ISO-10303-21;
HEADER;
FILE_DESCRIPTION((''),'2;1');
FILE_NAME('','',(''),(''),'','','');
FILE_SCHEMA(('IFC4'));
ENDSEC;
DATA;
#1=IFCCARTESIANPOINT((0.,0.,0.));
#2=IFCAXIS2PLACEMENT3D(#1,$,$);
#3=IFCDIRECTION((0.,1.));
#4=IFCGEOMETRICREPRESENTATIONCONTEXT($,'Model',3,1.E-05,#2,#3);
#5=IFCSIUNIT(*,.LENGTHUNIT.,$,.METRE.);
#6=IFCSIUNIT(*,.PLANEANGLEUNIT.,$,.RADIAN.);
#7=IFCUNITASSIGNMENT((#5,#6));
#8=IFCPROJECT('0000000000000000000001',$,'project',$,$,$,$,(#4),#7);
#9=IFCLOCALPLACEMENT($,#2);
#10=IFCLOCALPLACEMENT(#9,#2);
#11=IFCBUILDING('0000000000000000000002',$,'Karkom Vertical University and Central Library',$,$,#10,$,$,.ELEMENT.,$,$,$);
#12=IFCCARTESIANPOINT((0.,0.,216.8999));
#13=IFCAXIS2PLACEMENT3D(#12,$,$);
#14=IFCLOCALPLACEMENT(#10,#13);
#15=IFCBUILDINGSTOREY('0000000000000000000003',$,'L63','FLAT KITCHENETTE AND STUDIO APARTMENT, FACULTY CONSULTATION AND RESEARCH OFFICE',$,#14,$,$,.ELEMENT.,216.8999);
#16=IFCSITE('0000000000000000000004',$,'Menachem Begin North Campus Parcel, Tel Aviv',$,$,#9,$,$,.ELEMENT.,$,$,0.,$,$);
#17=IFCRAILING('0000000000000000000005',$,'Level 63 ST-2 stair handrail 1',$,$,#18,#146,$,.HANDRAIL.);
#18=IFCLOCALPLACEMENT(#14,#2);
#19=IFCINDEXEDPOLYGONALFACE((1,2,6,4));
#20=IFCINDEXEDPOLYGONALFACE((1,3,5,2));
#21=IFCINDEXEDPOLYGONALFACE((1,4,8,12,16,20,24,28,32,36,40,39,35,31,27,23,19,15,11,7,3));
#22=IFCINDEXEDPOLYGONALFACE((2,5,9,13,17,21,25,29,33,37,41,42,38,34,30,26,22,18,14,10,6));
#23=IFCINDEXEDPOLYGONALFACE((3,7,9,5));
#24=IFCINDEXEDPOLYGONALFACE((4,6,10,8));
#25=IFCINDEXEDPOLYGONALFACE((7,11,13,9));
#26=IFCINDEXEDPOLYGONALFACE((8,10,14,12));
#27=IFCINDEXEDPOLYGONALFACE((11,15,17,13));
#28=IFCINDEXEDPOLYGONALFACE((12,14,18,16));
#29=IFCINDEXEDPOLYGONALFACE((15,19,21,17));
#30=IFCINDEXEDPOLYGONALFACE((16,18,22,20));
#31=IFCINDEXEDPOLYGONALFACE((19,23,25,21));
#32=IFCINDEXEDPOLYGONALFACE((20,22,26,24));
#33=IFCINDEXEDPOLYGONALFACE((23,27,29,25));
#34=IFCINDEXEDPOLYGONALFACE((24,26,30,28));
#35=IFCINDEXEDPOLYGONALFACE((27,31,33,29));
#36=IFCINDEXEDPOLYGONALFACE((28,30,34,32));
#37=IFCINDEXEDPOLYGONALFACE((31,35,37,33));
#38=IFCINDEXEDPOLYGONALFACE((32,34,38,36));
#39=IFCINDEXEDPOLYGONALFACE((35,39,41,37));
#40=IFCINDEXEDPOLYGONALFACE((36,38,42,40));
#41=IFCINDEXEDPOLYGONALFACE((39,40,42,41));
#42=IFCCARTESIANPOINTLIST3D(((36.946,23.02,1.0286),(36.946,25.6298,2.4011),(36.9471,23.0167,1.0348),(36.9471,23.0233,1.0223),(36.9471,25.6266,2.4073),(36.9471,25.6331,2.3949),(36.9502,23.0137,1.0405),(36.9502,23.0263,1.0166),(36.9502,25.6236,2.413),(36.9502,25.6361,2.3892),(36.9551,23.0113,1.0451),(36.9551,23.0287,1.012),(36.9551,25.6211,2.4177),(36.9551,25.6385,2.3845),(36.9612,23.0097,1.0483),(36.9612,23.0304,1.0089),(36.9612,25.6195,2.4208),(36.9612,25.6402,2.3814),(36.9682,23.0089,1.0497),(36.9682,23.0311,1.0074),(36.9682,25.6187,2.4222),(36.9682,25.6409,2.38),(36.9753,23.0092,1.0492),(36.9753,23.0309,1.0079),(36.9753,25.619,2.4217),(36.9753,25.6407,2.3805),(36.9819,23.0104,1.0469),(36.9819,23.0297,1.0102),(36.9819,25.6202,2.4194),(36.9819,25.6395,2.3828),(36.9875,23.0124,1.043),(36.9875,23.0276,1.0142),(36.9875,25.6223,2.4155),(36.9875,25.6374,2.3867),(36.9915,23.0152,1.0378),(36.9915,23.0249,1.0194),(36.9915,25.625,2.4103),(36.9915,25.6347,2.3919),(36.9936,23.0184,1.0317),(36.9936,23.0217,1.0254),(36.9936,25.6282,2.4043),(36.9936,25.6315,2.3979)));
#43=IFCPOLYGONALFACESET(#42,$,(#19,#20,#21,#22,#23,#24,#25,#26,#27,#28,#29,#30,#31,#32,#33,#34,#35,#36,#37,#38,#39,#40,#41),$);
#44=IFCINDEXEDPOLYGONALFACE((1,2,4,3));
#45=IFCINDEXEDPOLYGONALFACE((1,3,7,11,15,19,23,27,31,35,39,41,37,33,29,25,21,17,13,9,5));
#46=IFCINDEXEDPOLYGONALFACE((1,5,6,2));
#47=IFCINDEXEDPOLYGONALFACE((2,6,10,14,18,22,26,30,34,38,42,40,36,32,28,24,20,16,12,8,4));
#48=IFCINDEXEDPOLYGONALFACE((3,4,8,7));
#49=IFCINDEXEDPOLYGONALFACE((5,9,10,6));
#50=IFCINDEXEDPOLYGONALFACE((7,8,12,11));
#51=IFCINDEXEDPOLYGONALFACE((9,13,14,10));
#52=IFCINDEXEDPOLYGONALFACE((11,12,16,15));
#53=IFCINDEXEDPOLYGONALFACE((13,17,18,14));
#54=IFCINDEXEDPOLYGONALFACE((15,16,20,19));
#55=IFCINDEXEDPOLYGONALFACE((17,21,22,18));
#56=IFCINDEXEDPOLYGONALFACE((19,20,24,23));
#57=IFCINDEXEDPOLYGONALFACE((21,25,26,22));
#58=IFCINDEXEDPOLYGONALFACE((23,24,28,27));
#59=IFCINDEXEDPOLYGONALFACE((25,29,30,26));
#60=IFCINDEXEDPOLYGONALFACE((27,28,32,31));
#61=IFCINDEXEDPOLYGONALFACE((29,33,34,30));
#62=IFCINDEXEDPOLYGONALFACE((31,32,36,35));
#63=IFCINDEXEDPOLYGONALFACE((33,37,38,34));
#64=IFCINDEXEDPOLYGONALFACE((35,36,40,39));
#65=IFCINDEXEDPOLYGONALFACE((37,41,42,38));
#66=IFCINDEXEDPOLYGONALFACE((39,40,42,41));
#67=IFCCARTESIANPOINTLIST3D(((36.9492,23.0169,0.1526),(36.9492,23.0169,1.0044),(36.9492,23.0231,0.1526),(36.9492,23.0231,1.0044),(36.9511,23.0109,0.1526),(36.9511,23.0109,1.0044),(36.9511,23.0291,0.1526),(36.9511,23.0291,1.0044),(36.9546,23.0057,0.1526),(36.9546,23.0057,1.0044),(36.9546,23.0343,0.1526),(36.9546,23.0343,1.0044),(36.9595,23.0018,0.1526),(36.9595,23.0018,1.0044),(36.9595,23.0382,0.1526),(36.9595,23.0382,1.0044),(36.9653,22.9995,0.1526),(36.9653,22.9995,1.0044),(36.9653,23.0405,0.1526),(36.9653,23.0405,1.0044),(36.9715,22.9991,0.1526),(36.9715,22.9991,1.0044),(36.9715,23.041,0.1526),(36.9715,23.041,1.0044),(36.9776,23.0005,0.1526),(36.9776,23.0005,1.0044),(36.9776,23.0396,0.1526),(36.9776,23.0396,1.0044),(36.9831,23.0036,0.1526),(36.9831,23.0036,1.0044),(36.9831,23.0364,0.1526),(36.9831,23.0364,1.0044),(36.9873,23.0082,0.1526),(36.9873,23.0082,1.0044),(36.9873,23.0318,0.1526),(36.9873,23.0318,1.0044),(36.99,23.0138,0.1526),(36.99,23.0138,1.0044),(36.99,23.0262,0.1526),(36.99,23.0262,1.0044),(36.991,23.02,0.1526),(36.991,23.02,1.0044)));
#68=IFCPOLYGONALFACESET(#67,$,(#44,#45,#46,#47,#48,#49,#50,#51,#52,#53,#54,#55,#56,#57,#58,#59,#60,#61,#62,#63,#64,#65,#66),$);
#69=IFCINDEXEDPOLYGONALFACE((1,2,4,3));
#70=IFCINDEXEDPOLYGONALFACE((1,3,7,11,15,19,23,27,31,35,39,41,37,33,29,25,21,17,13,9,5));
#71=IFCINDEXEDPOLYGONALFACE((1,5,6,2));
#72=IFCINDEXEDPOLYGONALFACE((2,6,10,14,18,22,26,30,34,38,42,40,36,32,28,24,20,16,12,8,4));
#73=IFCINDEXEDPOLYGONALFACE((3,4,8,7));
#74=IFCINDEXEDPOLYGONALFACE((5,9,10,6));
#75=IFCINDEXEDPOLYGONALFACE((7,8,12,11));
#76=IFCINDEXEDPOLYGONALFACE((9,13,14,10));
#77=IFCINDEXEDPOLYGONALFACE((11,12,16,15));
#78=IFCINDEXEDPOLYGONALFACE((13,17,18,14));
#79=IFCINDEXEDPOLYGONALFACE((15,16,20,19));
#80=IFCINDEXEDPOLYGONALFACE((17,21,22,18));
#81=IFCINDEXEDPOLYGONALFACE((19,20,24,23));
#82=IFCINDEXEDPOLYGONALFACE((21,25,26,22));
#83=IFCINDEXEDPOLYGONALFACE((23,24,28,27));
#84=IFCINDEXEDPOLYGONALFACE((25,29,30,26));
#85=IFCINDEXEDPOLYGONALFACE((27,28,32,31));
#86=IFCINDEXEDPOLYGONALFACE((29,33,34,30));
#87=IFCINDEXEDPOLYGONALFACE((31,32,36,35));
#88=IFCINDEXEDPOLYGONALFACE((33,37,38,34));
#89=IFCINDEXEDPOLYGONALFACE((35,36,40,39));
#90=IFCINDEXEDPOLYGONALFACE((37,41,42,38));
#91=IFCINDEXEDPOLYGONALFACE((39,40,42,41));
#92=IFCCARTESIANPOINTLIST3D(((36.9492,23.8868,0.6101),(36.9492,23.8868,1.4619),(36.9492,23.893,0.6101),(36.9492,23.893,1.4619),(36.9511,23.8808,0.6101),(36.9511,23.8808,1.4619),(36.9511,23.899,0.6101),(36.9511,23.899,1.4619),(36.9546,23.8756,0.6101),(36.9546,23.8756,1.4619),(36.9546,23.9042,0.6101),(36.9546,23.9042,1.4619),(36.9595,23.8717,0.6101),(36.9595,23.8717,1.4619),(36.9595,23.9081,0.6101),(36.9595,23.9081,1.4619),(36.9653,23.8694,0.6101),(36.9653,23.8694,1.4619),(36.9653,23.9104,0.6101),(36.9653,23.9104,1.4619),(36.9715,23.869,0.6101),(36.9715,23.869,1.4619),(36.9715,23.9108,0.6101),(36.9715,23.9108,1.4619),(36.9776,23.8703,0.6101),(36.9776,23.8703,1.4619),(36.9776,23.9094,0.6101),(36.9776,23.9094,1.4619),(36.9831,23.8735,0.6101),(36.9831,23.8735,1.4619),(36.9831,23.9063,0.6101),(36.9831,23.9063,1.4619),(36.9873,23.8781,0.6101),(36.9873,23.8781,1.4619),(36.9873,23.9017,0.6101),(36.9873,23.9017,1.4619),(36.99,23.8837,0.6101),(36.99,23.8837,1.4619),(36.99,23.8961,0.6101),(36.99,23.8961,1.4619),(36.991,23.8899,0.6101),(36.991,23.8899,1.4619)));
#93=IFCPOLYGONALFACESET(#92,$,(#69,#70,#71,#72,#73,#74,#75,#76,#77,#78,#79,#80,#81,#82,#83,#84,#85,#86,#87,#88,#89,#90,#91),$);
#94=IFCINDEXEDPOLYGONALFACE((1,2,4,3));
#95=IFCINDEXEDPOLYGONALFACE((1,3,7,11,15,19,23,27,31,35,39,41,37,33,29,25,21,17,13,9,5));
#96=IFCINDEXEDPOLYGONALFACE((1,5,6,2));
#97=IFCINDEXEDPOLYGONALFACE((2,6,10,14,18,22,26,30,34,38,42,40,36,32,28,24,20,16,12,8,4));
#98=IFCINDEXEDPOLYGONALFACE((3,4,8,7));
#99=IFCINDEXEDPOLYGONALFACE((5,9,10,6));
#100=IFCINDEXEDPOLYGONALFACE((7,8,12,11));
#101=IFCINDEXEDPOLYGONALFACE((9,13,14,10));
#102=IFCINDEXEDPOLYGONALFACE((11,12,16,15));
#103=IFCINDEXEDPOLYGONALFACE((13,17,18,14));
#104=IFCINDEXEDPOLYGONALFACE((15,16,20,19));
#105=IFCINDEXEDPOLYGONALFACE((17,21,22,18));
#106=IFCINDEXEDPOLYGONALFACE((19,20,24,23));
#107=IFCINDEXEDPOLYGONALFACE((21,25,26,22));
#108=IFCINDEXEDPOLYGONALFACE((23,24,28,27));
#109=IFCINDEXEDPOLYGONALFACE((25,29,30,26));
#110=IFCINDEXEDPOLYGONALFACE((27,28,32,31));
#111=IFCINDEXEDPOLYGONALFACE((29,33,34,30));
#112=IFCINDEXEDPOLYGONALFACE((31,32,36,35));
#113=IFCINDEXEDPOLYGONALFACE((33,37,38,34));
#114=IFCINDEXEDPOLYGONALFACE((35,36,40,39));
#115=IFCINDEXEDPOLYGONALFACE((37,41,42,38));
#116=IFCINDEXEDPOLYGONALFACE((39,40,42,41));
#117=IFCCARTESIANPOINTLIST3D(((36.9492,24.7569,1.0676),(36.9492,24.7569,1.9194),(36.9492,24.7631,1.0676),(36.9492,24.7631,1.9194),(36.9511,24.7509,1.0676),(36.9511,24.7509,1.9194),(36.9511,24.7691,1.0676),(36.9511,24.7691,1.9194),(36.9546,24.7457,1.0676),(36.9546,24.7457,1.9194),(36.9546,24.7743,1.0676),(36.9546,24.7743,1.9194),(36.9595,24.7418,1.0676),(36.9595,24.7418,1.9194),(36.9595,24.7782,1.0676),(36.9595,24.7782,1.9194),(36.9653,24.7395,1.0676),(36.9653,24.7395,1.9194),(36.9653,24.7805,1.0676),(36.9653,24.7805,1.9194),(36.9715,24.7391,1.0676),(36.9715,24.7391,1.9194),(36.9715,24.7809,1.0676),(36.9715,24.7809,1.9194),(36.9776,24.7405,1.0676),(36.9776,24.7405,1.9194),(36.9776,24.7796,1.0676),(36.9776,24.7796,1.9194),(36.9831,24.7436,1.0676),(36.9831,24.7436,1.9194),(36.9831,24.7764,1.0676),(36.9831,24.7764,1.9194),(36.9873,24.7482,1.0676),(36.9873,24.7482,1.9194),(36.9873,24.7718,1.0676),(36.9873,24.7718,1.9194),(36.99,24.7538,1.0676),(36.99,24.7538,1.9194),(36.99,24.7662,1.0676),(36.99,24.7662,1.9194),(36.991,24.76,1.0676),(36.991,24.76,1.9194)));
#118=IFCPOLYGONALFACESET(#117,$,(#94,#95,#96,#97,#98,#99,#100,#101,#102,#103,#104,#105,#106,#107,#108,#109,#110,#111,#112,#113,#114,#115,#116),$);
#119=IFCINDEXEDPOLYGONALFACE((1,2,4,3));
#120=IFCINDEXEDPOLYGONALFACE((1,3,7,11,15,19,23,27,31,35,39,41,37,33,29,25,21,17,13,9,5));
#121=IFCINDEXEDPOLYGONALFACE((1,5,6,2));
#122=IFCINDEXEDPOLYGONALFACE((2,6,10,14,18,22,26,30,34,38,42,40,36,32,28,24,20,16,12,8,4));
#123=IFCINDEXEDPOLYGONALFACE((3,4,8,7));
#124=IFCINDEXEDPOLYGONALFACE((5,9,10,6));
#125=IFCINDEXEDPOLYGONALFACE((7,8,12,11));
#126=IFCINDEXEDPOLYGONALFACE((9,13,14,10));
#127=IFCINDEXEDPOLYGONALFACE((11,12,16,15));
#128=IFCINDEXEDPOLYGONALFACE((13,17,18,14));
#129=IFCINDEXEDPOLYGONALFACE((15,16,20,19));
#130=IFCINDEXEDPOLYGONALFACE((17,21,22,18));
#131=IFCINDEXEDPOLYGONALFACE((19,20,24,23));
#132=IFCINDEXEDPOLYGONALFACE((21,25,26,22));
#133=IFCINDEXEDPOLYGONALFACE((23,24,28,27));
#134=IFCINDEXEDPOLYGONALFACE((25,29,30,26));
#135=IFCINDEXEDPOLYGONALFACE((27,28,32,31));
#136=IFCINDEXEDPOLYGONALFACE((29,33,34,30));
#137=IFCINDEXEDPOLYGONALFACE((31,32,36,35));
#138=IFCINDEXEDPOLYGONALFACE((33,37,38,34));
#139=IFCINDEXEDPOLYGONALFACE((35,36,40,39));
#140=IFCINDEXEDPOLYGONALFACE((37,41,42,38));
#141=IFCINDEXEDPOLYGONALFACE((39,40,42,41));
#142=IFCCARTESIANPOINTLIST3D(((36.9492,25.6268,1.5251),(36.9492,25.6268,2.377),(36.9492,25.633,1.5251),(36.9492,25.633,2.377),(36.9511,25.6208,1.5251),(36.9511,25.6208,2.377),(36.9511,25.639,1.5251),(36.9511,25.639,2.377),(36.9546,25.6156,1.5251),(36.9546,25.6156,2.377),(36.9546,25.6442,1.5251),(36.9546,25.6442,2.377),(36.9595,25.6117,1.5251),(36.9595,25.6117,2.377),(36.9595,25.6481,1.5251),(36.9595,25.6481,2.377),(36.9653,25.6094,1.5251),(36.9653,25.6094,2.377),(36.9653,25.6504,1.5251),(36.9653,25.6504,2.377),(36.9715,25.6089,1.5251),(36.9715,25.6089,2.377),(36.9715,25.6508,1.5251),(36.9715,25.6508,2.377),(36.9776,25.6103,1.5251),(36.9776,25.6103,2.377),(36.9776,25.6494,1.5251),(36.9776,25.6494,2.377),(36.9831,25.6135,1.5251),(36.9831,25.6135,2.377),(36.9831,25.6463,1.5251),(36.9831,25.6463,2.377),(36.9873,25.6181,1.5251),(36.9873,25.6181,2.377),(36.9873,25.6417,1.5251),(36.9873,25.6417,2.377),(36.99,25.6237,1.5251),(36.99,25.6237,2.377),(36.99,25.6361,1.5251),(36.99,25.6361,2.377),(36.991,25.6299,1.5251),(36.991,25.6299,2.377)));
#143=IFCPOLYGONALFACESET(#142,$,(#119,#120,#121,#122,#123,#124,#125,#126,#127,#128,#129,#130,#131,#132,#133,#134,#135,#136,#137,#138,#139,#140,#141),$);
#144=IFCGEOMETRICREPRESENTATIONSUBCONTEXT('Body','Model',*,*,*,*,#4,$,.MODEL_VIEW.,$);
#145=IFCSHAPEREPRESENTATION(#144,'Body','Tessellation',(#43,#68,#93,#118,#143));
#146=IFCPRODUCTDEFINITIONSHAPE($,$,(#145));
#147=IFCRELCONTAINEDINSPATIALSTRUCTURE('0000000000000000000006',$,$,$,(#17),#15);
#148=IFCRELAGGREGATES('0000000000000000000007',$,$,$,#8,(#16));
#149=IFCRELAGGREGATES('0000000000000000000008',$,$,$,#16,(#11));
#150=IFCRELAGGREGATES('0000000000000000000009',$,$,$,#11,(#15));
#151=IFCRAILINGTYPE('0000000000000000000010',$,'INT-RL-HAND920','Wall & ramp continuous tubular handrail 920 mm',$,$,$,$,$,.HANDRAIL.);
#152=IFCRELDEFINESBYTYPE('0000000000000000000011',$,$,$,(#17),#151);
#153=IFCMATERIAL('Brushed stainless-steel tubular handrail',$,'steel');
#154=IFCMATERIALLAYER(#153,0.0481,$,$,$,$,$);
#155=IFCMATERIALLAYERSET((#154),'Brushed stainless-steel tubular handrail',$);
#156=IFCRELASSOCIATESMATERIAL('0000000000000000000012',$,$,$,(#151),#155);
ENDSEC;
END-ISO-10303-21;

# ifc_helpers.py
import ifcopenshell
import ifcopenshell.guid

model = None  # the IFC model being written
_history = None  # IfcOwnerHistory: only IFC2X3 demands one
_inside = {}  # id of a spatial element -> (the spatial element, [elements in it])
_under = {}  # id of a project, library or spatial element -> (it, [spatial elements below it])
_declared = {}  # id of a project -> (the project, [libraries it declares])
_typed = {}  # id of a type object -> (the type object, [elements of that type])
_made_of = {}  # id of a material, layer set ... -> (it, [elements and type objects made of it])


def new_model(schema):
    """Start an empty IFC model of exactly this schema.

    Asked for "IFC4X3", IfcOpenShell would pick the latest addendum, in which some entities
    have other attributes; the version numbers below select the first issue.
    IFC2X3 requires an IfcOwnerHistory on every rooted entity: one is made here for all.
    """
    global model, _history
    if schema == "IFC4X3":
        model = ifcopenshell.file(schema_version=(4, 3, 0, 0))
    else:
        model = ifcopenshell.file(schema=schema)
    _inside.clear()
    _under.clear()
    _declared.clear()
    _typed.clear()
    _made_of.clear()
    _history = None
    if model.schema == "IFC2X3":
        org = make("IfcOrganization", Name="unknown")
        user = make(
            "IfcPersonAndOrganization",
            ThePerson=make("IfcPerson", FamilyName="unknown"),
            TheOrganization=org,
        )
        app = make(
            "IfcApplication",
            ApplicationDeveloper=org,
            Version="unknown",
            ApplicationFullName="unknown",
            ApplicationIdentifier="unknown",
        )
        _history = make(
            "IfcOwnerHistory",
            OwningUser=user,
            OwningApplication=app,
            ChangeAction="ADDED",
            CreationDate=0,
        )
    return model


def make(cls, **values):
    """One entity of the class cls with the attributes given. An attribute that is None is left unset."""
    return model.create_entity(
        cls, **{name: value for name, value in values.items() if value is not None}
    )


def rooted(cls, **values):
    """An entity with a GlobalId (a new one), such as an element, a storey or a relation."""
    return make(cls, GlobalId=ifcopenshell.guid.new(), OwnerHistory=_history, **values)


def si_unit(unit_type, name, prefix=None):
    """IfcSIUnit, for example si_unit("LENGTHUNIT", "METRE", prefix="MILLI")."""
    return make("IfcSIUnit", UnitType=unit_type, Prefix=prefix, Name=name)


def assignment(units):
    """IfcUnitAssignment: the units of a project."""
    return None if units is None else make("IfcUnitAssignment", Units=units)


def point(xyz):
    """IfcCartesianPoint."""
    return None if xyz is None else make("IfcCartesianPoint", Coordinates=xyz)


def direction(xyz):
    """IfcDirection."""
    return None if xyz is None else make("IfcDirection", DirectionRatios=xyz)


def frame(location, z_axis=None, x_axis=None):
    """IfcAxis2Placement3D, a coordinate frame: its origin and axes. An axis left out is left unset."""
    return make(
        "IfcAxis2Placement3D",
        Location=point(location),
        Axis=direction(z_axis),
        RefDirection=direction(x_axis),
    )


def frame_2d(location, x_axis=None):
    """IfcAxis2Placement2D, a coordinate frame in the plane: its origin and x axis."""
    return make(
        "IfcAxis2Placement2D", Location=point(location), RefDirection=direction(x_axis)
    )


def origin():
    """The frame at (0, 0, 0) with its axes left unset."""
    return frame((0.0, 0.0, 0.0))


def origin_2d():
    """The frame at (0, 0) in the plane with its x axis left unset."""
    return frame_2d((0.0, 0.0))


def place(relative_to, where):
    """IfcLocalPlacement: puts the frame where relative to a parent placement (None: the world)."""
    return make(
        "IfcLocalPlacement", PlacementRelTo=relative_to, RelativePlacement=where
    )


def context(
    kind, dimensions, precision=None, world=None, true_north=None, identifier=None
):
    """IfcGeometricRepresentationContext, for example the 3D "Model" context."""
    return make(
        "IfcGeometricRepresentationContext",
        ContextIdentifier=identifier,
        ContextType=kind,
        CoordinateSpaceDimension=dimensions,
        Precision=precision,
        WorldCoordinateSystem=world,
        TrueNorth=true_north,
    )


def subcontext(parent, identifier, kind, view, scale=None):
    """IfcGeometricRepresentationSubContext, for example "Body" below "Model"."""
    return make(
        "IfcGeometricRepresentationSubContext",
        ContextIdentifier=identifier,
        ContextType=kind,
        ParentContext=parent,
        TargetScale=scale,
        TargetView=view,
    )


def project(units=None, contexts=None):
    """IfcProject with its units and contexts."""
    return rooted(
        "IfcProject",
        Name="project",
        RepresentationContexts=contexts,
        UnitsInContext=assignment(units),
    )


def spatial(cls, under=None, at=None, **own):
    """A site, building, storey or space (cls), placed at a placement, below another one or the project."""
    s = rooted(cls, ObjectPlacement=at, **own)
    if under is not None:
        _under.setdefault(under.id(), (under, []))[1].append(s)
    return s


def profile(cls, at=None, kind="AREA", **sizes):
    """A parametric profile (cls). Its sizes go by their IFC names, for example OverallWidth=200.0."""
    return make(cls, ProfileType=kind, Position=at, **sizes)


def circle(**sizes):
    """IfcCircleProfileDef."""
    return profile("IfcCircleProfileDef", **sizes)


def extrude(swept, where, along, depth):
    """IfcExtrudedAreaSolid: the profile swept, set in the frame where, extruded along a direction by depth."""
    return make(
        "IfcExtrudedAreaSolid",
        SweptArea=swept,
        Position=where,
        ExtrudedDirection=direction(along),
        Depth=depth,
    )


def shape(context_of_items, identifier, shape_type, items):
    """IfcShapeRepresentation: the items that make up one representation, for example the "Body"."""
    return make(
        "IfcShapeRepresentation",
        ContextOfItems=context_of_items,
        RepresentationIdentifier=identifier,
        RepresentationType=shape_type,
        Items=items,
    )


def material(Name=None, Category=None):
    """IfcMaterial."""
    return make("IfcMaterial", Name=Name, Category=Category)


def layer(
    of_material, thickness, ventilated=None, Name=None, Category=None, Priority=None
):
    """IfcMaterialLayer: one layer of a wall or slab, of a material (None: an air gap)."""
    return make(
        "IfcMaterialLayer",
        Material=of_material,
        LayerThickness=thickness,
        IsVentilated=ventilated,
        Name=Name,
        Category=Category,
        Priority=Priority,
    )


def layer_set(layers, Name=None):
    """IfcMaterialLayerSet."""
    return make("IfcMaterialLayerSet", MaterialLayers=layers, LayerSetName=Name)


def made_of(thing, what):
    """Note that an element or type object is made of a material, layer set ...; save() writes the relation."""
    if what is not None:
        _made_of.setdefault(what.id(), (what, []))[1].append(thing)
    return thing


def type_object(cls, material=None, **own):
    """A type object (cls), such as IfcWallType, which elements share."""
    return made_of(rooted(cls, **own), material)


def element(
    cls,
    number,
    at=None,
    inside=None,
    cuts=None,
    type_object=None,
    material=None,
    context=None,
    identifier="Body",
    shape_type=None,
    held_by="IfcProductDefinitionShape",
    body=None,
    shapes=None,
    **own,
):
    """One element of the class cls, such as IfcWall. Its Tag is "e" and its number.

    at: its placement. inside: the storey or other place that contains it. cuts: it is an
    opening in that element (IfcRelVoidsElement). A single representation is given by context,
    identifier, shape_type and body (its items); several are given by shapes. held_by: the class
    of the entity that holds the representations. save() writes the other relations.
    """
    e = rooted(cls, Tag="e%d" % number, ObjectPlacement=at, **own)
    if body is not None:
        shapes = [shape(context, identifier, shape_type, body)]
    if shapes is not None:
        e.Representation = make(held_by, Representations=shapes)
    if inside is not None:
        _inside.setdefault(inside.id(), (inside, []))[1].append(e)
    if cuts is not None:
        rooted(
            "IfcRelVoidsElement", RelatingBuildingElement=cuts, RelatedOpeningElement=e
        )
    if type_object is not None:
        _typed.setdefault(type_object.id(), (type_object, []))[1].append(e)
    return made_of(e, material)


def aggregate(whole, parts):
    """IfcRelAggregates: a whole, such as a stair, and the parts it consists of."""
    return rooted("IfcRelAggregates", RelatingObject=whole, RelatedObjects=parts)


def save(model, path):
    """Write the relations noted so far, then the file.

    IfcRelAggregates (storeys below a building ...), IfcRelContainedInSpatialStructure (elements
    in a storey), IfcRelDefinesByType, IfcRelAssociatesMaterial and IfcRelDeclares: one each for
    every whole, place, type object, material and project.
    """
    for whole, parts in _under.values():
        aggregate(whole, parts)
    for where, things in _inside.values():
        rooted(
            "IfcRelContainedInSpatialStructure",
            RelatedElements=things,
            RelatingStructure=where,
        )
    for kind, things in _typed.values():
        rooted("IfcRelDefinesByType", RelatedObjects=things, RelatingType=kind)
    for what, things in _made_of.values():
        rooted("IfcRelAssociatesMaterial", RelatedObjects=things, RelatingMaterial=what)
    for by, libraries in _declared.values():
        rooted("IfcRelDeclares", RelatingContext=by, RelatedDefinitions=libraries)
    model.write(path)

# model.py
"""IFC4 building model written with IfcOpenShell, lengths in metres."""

from ifc_helpers import new_model, si_unit, direction, frame, origin, origin_2d, place, context, subcontext, project, spatial, circle, extrude, material, layer, layer_set, type_object, element, save


model = new_model("IFC4")

# Units and contexts
model_context = context("Model", 3, precision=1e-05, world=origin(), true_north=direction((0.0, 1.0)))
body_context = subcontext(model_context, "Body", "Model", "MODEL_VIEW")
ifc_project = project(units=[si_unit("LENGTHUNIT", "METRE"), si_unit("PLANEANGLEUNIT", "RADIAN")], contexts=[model_context])

# Site, building, storey
site_placement = place(None, origin())
site = spatial("IfcSite", under=ifc_project, at=site_placement, Name="Menachem Begin North Campus Parcel, Tel Aviv", CompositionType="ELEMENT", RefElevation=0.0)
building_placement = place(site_placement, origin())
building = spatial("IfcBuilding", under=site, at=building_placement, Name="Karkom Vertical University and Central Library", CompositionType="ELEMENT")
storey_placement = place(building_placement, frame((0.0, 0.0, 216.8999)))
storey = spatial("IfcBuildingStorey", under=building, at=storey_placement, Name="L63", Description="FLAT KITCHENETTE AND STUDIO APARTMENT, FACULTY CONSULTATION AND RESEARCH OFFICE", CompositionType="ELEMENT", Elevation=216.8999)

# Railing
ifc_material_1 = material(Name="Brushed stainless-steel tubular handrail", Category="steel")
ifc_layer_1 = layer(ifc_material_1, 0.0481)
ifc_layer_set_1 = layer_set([ifc_layer_1], Name="Brushed stainless-steel tubular handrail")
railing_type_1 = type_object("IfcRailingType", Name="INT-RL-HAND920", Description="Wall & ramp continuous tubular handrail 920 mm", PredefinedType="HANDRAIL", material=ifc_layer_set_1)
railing_1_placement = place(storey_placement, frame((36.97, 23.02, 0.1526)))
element("IfcRailing", 1, at=railing_1_placement, inside=storey, type_object=railing_type_1, Name="Level 63 ST-2 stair handrail 1", PredefinedType="HANDRAIL", context=body_context, shape_type="SweptSolid", body=[
    extrude(circle(Radius=0.0239, at=origin_2d()), frame((0.0, 0.0, 0.876), z_axis=(0.0, 0.885065, 0.465467), x_axis=(-1.0, 0.0, 0.0)), (0.0, 0.0, 1.0), 2.9487),
    extrude(circle(Radius=0.021, at=origin_2d()), origin(), (0.0, 0.0, 1.0), 0.8518),
    extrude(circle(Radius=0.021, at=origin_2d()), frame((0.0, 0.8699, 0.4575)), (0.0, 0.0, 1.0), 0.8518),
    extrude(circle(Radius=0.021, at=origin_2d()), frame((0.0, 1.74, 0.915)), (0.0, 0.0, 1.0), 0.8518),
    extrude(circle(Radius=0.021, at=origin_2d()), frame((0.0, 2.6099, 1.3726)), (0.0, 0.0, 1.0), 0.8518),
])

save(model, "model.ifc")
